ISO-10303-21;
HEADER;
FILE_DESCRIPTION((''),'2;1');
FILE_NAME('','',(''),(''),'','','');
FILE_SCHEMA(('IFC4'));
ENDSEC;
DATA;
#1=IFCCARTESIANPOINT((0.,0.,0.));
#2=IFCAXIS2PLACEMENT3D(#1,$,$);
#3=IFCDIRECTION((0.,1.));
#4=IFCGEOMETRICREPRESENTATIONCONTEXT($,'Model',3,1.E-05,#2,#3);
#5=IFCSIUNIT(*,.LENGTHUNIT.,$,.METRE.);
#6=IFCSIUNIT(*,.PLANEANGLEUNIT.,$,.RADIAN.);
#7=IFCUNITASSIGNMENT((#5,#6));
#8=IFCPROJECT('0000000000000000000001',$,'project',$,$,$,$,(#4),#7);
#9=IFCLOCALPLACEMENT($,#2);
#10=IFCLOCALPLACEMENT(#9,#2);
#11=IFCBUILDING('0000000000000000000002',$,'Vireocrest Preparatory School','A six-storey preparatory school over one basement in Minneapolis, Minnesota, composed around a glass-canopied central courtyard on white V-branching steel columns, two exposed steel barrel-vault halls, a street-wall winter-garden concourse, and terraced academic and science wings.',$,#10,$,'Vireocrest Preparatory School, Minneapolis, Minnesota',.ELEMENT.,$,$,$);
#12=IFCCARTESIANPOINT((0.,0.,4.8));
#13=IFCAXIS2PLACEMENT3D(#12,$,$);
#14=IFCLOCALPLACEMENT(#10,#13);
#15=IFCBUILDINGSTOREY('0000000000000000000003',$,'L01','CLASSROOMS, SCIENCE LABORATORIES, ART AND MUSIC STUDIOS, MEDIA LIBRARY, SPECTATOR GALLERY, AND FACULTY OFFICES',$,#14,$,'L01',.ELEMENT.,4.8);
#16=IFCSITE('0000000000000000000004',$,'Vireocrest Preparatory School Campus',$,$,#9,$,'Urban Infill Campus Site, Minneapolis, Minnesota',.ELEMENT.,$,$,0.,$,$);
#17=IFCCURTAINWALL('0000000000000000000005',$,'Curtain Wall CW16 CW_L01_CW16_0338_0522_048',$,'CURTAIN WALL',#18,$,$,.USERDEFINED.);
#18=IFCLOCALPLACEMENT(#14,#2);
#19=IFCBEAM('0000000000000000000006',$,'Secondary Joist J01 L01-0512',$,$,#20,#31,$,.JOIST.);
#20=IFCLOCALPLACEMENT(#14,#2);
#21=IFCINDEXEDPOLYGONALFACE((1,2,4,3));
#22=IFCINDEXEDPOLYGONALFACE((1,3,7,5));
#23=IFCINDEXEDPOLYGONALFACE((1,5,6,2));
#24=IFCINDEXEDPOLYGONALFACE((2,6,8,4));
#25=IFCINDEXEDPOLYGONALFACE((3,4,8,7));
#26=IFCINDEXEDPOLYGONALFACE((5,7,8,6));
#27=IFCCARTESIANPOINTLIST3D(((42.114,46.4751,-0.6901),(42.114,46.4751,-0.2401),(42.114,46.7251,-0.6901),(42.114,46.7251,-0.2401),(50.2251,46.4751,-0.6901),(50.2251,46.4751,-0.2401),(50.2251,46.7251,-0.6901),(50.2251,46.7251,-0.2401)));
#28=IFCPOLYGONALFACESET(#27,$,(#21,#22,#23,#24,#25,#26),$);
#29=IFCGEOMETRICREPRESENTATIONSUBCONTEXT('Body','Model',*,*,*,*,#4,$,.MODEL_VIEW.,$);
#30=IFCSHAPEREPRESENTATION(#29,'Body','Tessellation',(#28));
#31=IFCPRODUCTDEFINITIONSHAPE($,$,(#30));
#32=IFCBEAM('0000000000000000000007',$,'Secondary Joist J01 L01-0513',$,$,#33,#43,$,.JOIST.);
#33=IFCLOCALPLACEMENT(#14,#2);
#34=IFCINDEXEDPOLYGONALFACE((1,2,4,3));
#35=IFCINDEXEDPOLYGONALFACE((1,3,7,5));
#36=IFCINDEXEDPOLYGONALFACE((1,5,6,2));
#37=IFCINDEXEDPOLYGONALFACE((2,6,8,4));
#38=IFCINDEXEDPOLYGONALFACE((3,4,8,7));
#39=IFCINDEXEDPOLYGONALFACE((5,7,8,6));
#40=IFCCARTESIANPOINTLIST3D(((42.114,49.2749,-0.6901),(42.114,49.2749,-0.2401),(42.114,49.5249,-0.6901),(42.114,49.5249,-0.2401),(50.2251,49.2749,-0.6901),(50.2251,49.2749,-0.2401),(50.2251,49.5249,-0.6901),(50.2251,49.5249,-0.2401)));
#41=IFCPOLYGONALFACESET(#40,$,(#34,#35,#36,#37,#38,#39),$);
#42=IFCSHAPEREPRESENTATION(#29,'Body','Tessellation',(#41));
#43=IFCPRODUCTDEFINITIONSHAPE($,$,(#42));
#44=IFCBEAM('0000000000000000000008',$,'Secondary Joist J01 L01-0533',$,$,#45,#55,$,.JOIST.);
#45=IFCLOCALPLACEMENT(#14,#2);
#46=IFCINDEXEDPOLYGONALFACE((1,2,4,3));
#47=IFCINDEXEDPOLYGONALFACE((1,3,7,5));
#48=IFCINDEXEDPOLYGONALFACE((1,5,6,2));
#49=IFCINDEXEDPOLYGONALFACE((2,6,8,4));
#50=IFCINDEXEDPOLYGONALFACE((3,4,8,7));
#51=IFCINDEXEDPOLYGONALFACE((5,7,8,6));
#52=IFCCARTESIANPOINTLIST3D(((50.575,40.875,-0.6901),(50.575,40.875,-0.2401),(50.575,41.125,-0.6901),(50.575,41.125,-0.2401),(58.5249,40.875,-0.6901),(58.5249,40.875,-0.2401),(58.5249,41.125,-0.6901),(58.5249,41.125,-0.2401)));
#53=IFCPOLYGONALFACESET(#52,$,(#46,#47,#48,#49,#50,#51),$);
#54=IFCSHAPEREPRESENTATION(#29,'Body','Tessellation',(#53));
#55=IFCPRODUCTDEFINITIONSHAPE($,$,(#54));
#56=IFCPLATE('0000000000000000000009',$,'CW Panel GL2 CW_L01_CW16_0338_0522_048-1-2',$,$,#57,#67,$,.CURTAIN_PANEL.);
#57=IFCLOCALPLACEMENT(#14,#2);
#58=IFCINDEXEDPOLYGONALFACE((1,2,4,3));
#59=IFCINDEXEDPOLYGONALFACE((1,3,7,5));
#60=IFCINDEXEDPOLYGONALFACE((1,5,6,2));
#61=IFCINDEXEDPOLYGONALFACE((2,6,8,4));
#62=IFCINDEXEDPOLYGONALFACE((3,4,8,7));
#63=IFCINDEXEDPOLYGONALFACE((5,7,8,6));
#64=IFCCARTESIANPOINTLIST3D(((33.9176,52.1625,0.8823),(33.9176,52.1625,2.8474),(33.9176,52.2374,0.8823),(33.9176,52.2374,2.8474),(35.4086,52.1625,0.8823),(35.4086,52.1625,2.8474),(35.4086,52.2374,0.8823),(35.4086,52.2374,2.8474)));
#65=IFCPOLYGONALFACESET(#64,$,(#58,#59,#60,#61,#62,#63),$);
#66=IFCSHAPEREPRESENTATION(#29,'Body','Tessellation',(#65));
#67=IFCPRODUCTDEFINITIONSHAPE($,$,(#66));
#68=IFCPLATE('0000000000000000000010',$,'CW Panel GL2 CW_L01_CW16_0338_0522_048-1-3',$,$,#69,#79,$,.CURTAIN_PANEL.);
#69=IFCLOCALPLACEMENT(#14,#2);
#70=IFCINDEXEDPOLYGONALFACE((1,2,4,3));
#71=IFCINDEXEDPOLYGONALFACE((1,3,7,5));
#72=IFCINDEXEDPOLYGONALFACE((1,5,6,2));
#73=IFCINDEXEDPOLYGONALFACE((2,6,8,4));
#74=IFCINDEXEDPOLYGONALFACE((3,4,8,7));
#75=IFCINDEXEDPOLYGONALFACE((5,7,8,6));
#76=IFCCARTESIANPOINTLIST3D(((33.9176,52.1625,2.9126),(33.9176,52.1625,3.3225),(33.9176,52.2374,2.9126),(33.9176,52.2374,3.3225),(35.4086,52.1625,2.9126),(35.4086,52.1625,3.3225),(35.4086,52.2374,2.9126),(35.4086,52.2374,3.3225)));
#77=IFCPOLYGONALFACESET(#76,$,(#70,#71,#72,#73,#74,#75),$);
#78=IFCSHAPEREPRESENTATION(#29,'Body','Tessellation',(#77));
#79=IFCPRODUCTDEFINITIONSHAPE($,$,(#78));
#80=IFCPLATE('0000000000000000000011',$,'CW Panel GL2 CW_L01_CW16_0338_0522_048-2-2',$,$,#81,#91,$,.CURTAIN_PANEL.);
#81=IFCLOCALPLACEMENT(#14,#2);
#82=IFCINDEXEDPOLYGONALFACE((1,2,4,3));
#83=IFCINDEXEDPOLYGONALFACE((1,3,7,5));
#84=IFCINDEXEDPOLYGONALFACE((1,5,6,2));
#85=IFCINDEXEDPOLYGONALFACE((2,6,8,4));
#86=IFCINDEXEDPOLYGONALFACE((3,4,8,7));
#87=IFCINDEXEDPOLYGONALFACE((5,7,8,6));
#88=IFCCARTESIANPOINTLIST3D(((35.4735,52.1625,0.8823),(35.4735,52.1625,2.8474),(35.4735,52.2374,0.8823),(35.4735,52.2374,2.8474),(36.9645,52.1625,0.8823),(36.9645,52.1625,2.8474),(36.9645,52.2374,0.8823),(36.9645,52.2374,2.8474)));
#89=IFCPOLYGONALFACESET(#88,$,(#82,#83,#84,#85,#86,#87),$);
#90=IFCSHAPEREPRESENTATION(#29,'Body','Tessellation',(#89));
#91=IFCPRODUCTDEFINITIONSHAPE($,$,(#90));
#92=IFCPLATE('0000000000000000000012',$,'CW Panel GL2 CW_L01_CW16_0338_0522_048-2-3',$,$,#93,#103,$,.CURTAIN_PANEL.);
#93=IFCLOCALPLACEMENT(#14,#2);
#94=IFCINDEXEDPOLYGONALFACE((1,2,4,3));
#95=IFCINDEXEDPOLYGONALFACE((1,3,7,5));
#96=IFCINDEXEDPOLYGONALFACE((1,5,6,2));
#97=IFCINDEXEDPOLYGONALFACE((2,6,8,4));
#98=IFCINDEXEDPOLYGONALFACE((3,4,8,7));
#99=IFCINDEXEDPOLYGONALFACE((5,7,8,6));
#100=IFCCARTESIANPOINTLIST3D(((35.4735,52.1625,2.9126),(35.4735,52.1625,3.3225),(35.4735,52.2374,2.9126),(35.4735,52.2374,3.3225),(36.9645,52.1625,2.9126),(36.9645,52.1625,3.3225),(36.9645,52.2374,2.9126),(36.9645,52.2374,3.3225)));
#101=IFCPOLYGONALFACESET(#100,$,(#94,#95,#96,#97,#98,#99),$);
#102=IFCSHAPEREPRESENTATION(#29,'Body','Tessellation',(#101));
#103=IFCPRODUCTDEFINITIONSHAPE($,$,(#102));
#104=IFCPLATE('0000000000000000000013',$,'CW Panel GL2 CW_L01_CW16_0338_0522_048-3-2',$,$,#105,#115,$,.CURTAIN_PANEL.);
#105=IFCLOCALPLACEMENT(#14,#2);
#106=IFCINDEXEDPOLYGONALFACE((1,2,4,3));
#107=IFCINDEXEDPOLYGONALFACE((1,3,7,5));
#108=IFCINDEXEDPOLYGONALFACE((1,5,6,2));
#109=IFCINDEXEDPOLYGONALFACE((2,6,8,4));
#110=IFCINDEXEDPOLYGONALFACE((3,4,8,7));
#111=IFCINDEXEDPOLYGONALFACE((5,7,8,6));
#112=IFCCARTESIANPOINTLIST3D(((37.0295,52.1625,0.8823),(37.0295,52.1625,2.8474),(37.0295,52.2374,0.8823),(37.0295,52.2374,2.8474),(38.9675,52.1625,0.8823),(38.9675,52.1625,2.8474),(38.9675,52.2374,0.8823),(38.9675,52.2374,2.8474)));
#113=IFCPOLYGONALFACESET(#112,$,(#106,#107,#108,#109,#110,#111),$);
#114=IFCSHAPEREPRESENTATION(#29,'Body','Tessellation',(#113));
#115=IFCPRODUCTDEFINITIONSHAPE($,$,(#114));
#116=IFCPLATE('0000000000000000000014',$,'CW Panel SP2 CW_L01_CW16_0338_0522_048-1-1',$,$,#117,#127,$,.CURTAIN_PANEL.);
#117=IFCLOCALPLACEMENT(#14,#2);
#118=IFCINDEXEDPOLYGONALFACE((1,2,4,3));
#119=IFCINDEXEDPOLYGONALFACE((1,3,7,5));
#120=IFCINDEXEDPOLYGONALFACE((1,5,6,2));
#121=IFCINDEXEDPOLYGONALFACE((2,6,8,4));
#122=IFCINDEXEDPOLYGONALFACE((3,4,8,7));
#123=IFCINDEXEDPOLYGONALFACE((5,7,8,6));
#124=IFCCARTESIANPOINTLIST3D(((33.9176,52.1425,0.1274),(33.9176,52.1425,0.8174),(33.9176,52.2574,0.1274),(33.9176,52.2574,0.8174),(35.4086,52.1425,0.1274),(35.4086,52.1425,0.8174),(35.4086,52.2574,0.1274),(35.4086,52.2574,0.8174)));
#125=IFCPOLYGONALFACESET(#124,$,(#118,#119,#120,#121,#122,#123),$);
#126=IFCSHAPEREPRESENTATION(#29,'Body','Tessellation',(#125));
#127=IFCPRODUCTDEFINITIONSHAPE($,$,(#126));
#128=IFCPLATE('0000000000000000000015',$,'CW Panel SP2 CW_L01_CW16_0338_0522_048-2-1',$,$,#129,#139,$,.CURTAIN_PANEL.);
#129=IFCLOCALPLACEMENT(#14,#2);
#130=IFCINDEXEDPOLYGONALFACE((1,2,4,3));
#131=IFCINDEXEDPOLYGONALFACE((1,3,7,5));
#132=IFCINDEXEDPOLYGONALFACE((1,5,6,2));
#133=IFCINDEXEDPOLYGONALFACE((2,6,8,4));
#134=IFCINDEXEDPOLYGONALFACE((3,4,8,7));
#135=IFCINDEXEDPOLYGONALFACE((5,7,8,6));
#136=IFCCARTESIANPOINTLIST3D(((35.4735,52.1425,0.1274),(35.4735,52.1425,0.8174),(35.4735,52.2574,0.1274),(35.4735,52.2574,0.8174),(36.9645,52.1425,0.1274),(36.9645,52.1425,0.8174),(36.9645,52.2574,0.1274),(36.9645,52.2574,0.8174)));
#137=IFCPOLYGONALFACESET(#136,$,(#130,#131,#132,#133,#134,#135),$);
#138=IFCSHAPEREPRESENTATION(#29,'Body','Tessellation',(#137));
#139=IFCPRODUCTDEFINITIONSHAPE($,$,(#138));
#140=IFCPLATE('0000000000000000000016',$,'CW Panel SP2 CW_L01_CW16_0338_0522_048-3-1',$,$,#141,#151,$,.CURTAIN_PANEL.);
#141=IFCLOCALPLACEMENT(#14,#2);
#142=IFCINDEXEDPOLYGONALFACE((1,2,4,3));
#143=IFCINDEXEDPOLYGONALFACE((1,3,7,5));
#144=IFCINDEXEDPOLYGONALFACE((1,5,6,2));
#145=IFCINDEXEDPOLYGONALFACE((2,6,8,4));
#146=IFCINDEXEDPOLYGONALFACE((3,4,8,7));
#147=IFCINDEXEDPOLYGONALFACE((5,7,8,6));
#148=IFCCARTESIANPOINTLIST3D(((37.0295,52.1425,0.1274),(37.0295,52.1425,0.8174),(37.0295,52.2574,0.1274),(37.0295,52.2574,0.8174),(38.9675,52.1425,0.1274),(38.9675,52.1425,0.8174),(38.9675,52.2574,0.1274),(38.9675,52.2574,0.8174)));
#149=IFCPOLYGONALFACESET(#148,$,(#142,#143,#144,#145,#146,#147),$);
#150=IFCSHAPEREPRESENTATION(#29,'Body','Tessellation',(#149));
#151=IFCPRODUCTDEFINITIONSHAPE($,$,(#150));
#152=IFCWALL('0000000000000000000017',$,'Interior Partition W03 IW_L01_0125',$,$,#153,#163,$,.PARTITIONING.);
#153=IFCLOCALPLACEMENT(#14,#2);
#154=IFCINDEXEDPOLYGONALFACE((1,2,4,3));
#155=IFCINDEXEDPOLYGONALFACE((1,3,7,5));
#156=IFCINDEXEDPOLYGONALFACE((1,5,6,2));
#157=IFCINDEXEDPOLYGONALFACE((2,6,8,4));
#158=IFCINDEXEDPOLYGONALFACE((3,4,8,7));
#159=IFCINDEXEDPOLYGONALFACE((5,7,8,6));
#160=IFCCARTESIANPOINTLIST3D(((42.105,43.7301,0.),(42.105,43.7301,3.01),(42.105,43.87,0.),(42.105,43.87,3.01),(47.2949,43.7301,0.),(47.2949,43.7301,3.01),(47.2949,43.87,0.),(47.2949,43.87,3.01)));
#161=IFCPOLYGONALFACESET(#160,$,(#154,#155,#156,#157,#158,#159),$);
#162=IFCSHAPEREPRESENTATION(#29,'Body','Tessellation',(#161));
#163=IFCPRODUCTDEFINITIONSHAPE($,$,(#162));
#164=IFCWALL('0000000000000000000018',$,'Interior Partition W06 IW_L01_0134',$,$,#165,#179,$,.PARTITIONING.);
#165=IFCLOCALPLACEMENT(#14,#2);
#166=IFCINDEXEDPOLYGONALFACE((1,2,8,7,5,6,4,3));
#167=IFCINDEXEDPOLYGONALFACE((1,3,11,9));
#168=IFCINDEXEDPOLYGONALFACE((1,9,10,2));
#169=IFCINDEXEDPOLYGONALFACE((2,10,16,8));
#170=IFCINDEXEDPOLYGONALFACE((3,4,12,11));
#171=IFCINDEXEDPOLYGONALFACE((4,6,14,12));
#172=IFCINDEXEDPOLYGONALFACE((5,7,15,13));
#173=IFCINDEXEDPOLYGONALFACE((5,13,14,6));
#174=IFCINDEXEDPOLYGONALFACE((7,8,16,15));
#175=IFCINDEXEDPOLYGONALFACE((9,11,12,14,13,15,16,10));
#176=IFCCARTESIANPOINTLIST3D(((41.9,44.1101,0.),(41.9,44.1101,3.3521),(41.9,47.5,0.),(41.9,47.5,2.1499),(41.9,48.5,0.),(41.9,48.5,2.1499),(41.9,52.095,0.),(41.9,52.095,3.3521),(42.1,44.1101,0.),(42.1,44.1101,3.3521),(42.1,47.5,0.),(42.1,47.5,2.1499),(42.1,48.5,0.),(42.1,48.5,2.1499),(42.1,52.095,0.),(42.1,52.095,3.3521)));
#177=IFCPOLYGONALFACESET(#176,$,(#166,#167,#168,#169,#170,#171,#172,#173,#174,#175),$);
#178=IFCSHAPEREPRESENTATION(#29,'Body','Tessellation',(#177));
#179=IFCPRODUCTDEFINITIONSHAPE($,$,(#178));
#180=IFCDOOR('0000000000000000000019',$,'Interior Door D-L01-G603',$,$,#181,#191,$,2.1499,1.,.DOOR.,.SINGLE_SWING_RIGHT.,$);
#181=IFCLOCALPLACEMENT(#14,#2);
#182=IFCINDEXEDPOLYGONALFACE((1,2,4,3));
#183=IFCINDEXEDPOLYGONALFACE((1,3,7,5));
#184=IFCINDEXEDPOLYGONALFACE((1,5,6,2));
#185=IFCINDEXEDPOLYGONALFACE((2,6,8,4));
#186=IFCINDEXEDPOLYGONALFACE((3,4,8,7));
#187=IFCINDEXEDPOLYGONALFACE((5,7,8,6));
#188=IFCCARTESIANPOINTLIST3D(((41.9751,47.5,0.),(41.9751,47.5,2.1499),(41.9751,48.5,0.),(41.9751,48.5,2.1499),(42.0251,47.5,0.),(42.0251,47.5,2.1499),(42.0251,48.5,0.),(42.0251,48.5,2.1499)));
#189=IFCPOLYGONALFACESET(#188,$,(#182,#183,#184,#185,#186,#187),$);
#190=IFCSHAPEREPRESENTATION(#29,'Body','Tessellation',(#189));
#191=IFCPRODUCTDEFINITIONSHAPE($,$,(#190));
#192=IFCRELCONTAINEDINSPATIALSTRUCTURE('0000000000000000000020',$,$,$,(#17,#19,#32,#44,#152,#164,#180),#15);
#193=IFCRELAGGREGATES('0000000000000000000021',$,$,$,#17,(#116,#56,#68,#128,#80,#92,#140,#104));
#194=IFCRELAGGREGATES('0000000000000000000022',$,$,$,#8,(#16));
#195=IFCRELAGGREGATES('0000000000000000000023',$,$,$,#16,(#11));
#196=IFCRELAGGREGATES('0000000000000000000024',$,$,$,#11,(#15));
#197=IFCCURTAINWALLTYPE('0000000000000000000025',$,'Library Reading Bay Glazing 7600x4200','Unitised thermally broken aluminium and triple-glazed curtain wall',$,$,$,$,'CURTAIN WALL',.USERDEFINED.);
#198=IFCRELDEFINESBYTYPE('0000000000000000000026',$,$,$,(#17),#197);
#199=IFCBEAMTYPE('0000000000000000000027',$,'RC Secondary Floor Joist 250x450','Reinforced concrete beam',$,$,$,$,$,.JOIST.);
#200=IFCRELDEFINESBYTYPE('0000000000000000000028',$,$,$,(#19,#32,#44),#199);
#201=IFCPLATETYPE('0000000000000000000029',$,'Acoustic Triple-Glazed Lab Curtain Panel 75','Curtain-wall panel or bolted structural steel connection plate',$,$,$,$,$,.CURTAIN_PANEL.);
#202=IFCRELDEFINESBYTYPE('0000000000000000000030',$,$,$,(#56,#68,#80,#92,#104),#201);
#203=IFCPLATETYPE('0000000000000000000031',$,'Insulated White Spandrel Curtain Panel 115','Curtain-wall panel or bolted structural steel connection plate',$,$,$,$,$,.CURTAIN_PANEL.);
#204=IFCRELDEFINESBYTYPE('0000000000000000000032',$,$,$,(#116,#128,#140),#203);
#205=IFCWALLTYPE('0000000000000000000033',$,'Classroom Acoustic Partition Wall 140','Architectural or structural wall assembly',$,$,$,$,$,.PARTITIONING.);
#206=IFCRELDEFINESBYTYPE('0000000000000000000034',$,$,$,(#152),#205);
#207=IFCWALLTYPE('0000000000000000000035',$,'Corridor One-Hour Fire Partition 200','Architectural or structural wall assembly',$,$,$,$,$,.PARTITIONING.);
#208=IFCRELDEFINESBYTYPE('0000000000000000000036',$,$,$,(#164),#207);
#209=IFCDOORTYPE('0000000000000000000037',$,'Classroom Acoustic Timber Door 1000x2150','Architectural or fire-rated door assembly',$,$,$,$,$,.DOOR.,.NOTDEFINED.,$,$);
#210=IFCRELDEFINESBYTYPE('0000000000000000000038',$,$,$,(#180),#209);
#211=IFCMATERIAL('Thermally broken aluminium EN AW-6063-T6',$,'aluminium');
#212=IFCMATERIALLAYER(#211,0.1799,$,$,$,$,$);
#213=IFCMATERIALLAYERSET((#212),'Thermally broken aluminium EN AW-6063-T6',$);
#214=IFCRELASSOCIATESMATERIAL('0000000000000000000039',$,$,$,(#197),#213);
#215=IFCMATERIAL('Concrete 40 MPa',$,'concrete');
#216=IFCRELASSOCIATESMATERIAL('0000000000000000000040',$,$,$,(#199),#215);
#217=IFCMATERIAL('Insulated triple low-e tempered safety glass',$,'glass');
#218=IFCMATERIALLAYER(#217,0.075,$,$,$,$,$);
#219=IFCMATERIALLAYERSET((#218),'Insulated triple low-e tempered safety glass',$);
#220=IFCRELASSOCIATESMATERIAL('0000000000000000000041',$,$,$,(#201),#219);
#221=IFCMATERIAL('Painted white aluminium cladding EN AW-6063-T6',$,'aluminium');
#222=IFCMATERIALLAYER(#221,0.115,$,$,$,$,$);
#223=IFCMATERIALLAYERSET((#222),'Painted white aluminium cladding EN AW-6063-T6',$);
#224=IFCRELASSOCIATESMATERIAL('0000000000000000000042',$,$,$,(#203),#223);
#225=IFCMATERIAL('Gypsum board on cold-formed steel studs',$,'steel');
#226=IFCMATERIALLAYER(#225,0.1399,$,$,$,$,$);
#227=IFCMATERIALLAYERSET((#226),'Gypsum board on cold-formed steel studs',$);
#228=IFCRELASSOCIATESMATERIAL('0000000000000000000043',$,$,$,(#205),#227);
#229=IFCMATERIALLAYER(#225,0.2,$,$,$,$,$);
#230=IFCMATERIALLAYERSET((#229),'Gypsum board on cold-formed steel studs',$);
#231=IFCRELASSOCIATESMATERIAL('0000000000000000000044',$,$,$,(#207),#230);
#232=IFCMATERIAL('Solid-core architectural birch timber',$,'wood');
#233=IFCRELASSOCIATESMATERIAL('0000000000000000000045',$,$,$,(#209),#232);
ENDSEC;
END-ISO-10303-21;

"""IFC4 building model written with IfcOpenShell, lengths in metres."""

from ifc_helpers import new_model, si_unit, direction, frame, frame_2d, origin, origin_2d, place, context, subcontext, project, spatial, rectangle, extrude, material, layer, layer_set, material_profile, profile_set, type_object, element, fill, aggregate, save


model = new_model("IFC4")

# Units and contexts
model_context = context("Model", 3, precision=1e-05, world=origin(), true_north=direction((0.0, 1.0)))
body_context = subcontext(model_context, "Body", "Model", "MODEL_VIEW")
ifc_project = project(units=[si_unit("LENGTHUNIT", "METRE"), si_unit("PLANEANGLEUNIT", "RADIAN")], contexts=[model_context])

# Site, building, storey
site_placement = place(None, origin())
site = spatial("IfcSite", under=ifc_project, at=site_placement, Name="Vireocrest Preparatory School Campus", LongName="Urban Infill Campus Site, Minneapolis, Minnesota", CompositionType="ELEMENT", RefElevation=0.0)
building_placement = place(site_placement, origin())
building = spatial("IfcBuilding", under=site, at=building_placement, Name="Vireocrest Preparatory School", Description="A six-storey preparatory school over one basement in Minneapolis, Minnesota, composed around a glass-canopied central courtyard on white V-branching steel columns, two exposed steel barrel-vault halls, a street-wall winter-garden concourse, and terraced academic and science wings.", LongName="Vireocrest Preparatory School, Minneapolis, Minnesota", CompositionType="ELEMENT")
storey_placement = place(building_placement, frame((0.0, 0.0, 4.8)))
storey = spatial("IfcBuildingStorey", under=building, at=storey_placement, Name="L01", Description="CLASSROOMS, SCIENCE LABORATORIES, ART AND MUSIC STUDIOS, MEDIA LIBRARY, SPECTATOR GALLERY, AND FACULTY OFFICES", LongName="L01", CompositionType="ELEMENT", Elevation=4.8)

# Curtain wall
ifc_material_1 = material(Name="Thermally broken aluminium EN AW-6063-T6", Category="aluminium")
ifc_layer_1 = layer(ifc_material_1, 0.1799)
ifc_layer_set_1 = layer_set([ifc_layer_1], Name="Thermally broken aluminium EN AW-6063-T6")
curtain_wall_type = type_object("IfcCurtainWallType", Name="Library Reading Bay Glazing 7600x4200", Description="Unitised thermally broken aluminium and triple-glazed curtain wall", ElementType="CURTAIN WALL", PredefinedType="USERDEFINED", material=ifc_layer_set_1)
curtain_wall_placement = place(storey_placement, origin())
curtain_wall = element("IfcCurtainWall", 1, at=curtain_wall_placement, inside=storey, type_object=curtain_wall_type, Name="Curtain Wall CW16 CW_L01_CW16_0338_0522_048", ObjectType="CURTAIN WALL", PredefinedType="USERDEFINED")

# Beams
ifc_material_2 = material(Name="Concrete 40 MPa", Category="concrete")
ifc_material_profile_1 = material_profile(ifc_material_2, rectangle(XDim=0.25, YDim=0.45, at=origin_2d()), Name="RC 250x450")
ifc_profile_set_1 = profile_set([ifc_material_profile_1], Name="Concrete 40 MPa")
beam_type_1 = type_object("IfcBeamType", Name="RC Secondary Floor Joist 250x450", Description="Reinforced concrete beam", PredefinedType="JOIST", material=ifc_profile_set_1)
for number, where, z_axis, x_axis, name in (
    (2, (42.114, 46.6001, -0.4651), (1.0, 0.0, 0.0), (0.0, 1.0, 0.0), "Secondary Joist J01 L01-0512"),
    (3, (42.114, 49.3999, -0.4651), (1.0, 0.0, 0.0), (0.0, 1.0, 0.0), "Secondary Joist J01 L01-0513"),
):
    element("IfcBeam", number, at=place(storey_placement, frame(where, z_axis=z_axis, x_axis=x_axis)), inside=storey, type_object=beam_type_1, Name=name, PredefinedType="JOIST", context=body_context, shape_type="SweptSolid", body=[
        extrude(rectangle(XDim=0.25, YDim=0.45, at=origin_2d()), origin(), (0.0, 0.0, 1.0), 8.1111),
    ])
beam_1_placement = place(storey_placement, frame((50.575, 41.0, -0.4651), z_axis=(1.0, 0.0, 0.0), x_axis=(0.0, 1.0, 0.0)))
element("IfcBeam", 4, at=beam_1_placement, inside=storey, type_object=beam_type_1, Name="Secondary Joist J01 L01-0533", PredefinedType="JOIST", context=body_context, shape_type="SweptSolid", body=[
    extrude(rectangle(XDim=0.25, YDim=0.45, at=origin_2d()), origin(), (0.0, 0.0, 1.0), 7.95),
])

# Plates
ifc_material_3 = material(Name="Insulated triple low-e tempered safety glass", Category="glass")
ifc_layer_2 = layer(ifc_material_3, 0.075)
ifc_layer_set_2 = layer_set([ifc_layer_2], Name="Insulated triple low-e tempered safety glass")
plate_type_1 = type_object("IfcPlateType", Name="Acoustic Triple-Glazed Lab Curtain Panel 75", Description="Curtain-wall panel or bolted structural steel connection plate", PredefinedType="CURTAIN_PANEL", material=ifc_layer_set_2)
plate_1_placement = place(storey_placement, frame((34.6631, 52.2, 0.8823), z_axis=(0.0, 0.0, 1.0), x_axis=(1.0, 0.0, 0.0)))
plate_1 = element("IfcPlate", 5, at=plate_1_placement, type_object=plate_type_1, Name="CW Panel GL2 CW_L01_CW16_0338_0522_048-1-2", PredefinedType="CURTAIN_PANEL", context=body_context, shape_type="SweptSolid", body=[
    extrude(rectangle(XDim=1.491, YDim=0.075, at=origin_2d()), origin(), (0.0, 0.0, 1.0), 1.9651),
])
plate_2_placement = place(storey_placement, frame((34.6631, 52.2, 2.9126), z_axis=(0.0, 0.0, 1.0), x_axis=(1.0, 0.0, 0.0)))
plate_2 = element("IfcPlate", 6, at=plate_2_placement, type_object=plate_type_1, Name="CW Panel GL2 CW_L01_CW16_0338_0522_048-1-3", PredefinedType="CURTAIN_PANEL", context=body_context, shape_type="SweptSolid", body=[
    extrude(rectangle(XDim=1.491, YDim=0.075, at=origin_2d()), origin(), (0.0, 0.0, 1.0), 0.4099),
])
plate_3_placement = place(storey_placement, frame((36.219, 52.2, 0.8823), z_axis=(0.0, 0.0, 1.0), x_axis=(1.0, 0.0, 0.0)))
plate_3 = element("IfcPlate", 7, at=plate_3_placement, type_object=plate_type_1, Name="CW Panel GL2 CW_L01_CW16_0338_0522_048-2-2", PredefinedType="CURTAIN_PANEL", context=body_context, shape_type="SweptSolid", body=[
    extrude(rectangle(XDim=1.491, YDim=0.075, at=origin_2d()), origin(), (0.0, 0.0, 1.0), 1.9651),
])
plate_4_placement = place(storey_placement, frame((36.219, 52.2, 2.9126), z_axis=(0.0, 0.0, 1.0), x_axis=(1.0, 0.0, 0.0)))
plate_4 = element("IfcPlate", 8, at=plate_4_placement, type_object=plate_type_1, Name="CW Panel GL2 CW_L01_CW16_0338_0522_048-2-3", PredefinedType="CURTAIN_PANEL", context=body_context, shape_type="SweptSolid", body=[
    extrude(rectangle(XDim=1.491, YDim=0.075, at=origin_2d()), origin(), (0.0, 0.0, 1.0), 0.4099),
])
plate_5_placement = place(storey_placement, frame((37.9985, 52.2, 0.8823), z_axis=(0.0, 0.0, 1.0), x_axis=(1.0, 0.0, 0.0)))
plate_5 = element("IfcPlate", 9, at=plate_5_placement, type_object=plate_type_1, Name="CW Panel GL2 CW_L01_CW16_0338_0522_048-3-2", PredefinedType="CURTAIN_PANEL", context=body_context, shape_type="SweptSolid", body=[
    extrude(rectangle(XDim=1.938, YDim=0.075, at=origin_2d()), origin(), (0.0, 0.0, 1.0), 1.9651),
])
ifc_material_4 = material(Name="Painted white aluminium cladding EN AW-6063-T6", Category="aluminium")
ifc_layer_3 = layer(ifc_material_4, 0.115)
ifc_layer_set_3 = layer_set([ifc_layer_3], Name="Painted white aluminium cladding EN AW-6063-T6")
plate_type_2 = type_object("IfcPlateType", Name="Insulated White Spandrel Curtain Panel 115", Description="Curtain-wall panel or bolted structural steel connection plate", PredefinedType="CURTAIN_PANEL", material=ifc_layer_set_3)
plate_6_placement = place(storey_placement, frame((34.6631, 52.2, 0.1274), z_axis=(0.0, 0.0, 1.0), x_axis=(1.0, 0.0, 0.0)))
plate_6 = element("IfcPlate", 10, at=plate_6_placement, type_object=plate_type_2, Name="CW Panel SP2 CW_L01_CW16_0338_0522_048-1-1", PredefinedType="CURTAIN_PANEL", context=body_context, shape_type="SweptSolid", body=[
    extrude(rectangle(XDim=1.491, YDim=0.115, at=origin_2d()), origin(), (0.0, 0.0, 1.0), 0.6899),
])
plate_7_placement = place(storey_placement, frame((36.219, 52.2, 0.1274), z_axis=(0.0, 0.0, 1.0), x_axis=(1.0, 0.0, 0.0)))
plate_7 = element("IfcPlate", 11, at=plate_7_placement, type_object=plate_type_2, Name="CW Panel SP2 CW_L01_CW16_0338_0522_048-2-1", PredefinedType="CURTAIN_PANEL", context=body_context, shape_type="SweptSolid", body=[
    extrude(rectangle(XDim=1.491, YDim=0.115, at=origin_2d()), origin(), (0.0, 0.0, 1.0), 0.6899),
])
plate_8_placement = place(storey_placement, frame((37.9985, 52.2, 0.1274), z_axis=(0.0, 0.0, 1.0), x_axis=(1.0, 0.0, 0.0)))
plate_8 = element("IfcPlate", 12, at=plate_8_placement, type_object=plate_type_2, Name="CW Panel SP2 CW_L01_CW16_0338_0522_048-3-1", PredefinedType="CURTAIN_PANEL", context=body_context, shape_type="SweptSolid", body=[
    extrude(rectangle(XDim=1.938, YDim=0.115, at=origin_2d()), origin(), (0.0, 0.0, 1.0), 0.6899),
])
aggregate(curtain_wall, [plate_6, plate_1, plate_2, plate_7, plate_3, plate_4, plate_8, plate_5])

# Wall
ifc_material_5 = material(Name="Gypsum board on cold-formed steel studs", Category="steel")
ifc_layer_4 = layer(ifc_material_5, 0.1399)
ifc_layer_set_4 = layer_set([ifc_layer_4], Name="Gypsum board on cold-formed steel studs")
wall_type_1 = type_object("IfcWallType", Name="Classroom Acoustic Partition Wall 140", Description="Architectural or structural wall assembly", PredefinedType="PARTITIONING", material=ifc_layer_set_4)
wall_1_placement = place(storey_placement, frame((42.105, 43.8, 0.0), z_axis=(0.0, 0.0, 1.0), x_axis=(1.0, 0.0, 0.0)))
element("IfcWall", 13, at=wall_1_placement, inside=storey, type_object=wall_type_1, Name="Interior Partition W03 IW_L01_0125", PredefinedType="PARTITIONING", context=body_context, shape_type="SweptSolid", body=[
    extrude(rectangle(XDim=5.1899, YDim=0.1399, at=frame_2d((2.595, 0.0))), origin(), (0.0, 0.0, 1.0), 3.01),
])

# Wall, opening, door
ifc_layer_5 = layer(ifc_material_5, 0.2)
ifc_layer_set_5 = layer_set([ifc_layer_5], Name="Gypsum board on cold-formed steel studs")
wall_type_2 = type_object("IfcWallType", Name="Corridor One-Hour Fire Partition 200", Description="Architectural or structural wall assembly", PredefinedType="PARTITIONING", material=ifc_layer_set_5)
wall_2_placement = place(storey_placement, frame((42.0, 44.1101, 0.0), z_axis=(0.0, 0.0, 1.0), x_axis=(0.0, 1.0, 0.0)))
wall_2 = element("IfcWall", 14, at=wall_2_placement, inside=storey, type_object=wall_type_2, Name="Interior Partition W06 IW_L01_0134", PredefinedType="PARTITIONING", context=body_context, shape_type="SweptSolid", body=[
    extrude(rectangle(XDim=7.9849, YDim=0.2, at=frame_2d((3.9924, 0.0))), origin(), (0.0, 0.0, 1.0), 3.3521),
])
opening_1_placement = place(wall_2_placement, frame((3.3899, 0.0, 0.0)))
opening_1 = element("IfcOpeningElement", 15, at=opening_1_placement, cuts=wall_2, PredefinedType="OPENING", context=body_context, shape_type="SweptSolid", body=[
    extrude(rectangle(XDim=1.0, YDim=2.1499, at=frame_2d((0.5, 1.075))), frame((0.0, 0.1099, 0.0), z_axis=(0.0, -1.0, 0.0), x_axis=(1.0, 0.0, 0.0)), (0.0, 0.0, 1.0), 0.22),
])
ifc_material_6 = material(Name="Solid-core architectural birch timber", Category="wood")
door_type_1 = type_object("IfcDoorType", Name="Classroom Acoustic Timber Door 1000x2150", Description="Architectural or fire-rated door assembly", OperationType="NOTDEFINED", PredefinedType="DOOR", material=ifc_material_6)
door_1_placement = place(opening_1_placement, origin())
door_1 = element("IfcDoor", 16, at=door_1_placement, inside=storey, type_object=door_type_1, Name="Interior Door D-L01-G603", OperationType="SINGLE_SWING_RIGHT", OverallHeight=2.1499, OverallWidth=1.0, PredefinedType="DOOR", context=body_context, shape_type="SweptSolid", body=[
    extrude(rectangle(XDim=1.0, YDim=2.1499, at=frame_2d((0.5, 1.075))), frame((0.0, 0.0249, 0.0), z_axis=(0.0, -1.0, 0.0), x_axis=(1.0, 0.0, 0.0)), (0.0, 0.0, 1.0), 0.05),
])
fill(opening_1, door_1)

save(model, "model.ifc")
